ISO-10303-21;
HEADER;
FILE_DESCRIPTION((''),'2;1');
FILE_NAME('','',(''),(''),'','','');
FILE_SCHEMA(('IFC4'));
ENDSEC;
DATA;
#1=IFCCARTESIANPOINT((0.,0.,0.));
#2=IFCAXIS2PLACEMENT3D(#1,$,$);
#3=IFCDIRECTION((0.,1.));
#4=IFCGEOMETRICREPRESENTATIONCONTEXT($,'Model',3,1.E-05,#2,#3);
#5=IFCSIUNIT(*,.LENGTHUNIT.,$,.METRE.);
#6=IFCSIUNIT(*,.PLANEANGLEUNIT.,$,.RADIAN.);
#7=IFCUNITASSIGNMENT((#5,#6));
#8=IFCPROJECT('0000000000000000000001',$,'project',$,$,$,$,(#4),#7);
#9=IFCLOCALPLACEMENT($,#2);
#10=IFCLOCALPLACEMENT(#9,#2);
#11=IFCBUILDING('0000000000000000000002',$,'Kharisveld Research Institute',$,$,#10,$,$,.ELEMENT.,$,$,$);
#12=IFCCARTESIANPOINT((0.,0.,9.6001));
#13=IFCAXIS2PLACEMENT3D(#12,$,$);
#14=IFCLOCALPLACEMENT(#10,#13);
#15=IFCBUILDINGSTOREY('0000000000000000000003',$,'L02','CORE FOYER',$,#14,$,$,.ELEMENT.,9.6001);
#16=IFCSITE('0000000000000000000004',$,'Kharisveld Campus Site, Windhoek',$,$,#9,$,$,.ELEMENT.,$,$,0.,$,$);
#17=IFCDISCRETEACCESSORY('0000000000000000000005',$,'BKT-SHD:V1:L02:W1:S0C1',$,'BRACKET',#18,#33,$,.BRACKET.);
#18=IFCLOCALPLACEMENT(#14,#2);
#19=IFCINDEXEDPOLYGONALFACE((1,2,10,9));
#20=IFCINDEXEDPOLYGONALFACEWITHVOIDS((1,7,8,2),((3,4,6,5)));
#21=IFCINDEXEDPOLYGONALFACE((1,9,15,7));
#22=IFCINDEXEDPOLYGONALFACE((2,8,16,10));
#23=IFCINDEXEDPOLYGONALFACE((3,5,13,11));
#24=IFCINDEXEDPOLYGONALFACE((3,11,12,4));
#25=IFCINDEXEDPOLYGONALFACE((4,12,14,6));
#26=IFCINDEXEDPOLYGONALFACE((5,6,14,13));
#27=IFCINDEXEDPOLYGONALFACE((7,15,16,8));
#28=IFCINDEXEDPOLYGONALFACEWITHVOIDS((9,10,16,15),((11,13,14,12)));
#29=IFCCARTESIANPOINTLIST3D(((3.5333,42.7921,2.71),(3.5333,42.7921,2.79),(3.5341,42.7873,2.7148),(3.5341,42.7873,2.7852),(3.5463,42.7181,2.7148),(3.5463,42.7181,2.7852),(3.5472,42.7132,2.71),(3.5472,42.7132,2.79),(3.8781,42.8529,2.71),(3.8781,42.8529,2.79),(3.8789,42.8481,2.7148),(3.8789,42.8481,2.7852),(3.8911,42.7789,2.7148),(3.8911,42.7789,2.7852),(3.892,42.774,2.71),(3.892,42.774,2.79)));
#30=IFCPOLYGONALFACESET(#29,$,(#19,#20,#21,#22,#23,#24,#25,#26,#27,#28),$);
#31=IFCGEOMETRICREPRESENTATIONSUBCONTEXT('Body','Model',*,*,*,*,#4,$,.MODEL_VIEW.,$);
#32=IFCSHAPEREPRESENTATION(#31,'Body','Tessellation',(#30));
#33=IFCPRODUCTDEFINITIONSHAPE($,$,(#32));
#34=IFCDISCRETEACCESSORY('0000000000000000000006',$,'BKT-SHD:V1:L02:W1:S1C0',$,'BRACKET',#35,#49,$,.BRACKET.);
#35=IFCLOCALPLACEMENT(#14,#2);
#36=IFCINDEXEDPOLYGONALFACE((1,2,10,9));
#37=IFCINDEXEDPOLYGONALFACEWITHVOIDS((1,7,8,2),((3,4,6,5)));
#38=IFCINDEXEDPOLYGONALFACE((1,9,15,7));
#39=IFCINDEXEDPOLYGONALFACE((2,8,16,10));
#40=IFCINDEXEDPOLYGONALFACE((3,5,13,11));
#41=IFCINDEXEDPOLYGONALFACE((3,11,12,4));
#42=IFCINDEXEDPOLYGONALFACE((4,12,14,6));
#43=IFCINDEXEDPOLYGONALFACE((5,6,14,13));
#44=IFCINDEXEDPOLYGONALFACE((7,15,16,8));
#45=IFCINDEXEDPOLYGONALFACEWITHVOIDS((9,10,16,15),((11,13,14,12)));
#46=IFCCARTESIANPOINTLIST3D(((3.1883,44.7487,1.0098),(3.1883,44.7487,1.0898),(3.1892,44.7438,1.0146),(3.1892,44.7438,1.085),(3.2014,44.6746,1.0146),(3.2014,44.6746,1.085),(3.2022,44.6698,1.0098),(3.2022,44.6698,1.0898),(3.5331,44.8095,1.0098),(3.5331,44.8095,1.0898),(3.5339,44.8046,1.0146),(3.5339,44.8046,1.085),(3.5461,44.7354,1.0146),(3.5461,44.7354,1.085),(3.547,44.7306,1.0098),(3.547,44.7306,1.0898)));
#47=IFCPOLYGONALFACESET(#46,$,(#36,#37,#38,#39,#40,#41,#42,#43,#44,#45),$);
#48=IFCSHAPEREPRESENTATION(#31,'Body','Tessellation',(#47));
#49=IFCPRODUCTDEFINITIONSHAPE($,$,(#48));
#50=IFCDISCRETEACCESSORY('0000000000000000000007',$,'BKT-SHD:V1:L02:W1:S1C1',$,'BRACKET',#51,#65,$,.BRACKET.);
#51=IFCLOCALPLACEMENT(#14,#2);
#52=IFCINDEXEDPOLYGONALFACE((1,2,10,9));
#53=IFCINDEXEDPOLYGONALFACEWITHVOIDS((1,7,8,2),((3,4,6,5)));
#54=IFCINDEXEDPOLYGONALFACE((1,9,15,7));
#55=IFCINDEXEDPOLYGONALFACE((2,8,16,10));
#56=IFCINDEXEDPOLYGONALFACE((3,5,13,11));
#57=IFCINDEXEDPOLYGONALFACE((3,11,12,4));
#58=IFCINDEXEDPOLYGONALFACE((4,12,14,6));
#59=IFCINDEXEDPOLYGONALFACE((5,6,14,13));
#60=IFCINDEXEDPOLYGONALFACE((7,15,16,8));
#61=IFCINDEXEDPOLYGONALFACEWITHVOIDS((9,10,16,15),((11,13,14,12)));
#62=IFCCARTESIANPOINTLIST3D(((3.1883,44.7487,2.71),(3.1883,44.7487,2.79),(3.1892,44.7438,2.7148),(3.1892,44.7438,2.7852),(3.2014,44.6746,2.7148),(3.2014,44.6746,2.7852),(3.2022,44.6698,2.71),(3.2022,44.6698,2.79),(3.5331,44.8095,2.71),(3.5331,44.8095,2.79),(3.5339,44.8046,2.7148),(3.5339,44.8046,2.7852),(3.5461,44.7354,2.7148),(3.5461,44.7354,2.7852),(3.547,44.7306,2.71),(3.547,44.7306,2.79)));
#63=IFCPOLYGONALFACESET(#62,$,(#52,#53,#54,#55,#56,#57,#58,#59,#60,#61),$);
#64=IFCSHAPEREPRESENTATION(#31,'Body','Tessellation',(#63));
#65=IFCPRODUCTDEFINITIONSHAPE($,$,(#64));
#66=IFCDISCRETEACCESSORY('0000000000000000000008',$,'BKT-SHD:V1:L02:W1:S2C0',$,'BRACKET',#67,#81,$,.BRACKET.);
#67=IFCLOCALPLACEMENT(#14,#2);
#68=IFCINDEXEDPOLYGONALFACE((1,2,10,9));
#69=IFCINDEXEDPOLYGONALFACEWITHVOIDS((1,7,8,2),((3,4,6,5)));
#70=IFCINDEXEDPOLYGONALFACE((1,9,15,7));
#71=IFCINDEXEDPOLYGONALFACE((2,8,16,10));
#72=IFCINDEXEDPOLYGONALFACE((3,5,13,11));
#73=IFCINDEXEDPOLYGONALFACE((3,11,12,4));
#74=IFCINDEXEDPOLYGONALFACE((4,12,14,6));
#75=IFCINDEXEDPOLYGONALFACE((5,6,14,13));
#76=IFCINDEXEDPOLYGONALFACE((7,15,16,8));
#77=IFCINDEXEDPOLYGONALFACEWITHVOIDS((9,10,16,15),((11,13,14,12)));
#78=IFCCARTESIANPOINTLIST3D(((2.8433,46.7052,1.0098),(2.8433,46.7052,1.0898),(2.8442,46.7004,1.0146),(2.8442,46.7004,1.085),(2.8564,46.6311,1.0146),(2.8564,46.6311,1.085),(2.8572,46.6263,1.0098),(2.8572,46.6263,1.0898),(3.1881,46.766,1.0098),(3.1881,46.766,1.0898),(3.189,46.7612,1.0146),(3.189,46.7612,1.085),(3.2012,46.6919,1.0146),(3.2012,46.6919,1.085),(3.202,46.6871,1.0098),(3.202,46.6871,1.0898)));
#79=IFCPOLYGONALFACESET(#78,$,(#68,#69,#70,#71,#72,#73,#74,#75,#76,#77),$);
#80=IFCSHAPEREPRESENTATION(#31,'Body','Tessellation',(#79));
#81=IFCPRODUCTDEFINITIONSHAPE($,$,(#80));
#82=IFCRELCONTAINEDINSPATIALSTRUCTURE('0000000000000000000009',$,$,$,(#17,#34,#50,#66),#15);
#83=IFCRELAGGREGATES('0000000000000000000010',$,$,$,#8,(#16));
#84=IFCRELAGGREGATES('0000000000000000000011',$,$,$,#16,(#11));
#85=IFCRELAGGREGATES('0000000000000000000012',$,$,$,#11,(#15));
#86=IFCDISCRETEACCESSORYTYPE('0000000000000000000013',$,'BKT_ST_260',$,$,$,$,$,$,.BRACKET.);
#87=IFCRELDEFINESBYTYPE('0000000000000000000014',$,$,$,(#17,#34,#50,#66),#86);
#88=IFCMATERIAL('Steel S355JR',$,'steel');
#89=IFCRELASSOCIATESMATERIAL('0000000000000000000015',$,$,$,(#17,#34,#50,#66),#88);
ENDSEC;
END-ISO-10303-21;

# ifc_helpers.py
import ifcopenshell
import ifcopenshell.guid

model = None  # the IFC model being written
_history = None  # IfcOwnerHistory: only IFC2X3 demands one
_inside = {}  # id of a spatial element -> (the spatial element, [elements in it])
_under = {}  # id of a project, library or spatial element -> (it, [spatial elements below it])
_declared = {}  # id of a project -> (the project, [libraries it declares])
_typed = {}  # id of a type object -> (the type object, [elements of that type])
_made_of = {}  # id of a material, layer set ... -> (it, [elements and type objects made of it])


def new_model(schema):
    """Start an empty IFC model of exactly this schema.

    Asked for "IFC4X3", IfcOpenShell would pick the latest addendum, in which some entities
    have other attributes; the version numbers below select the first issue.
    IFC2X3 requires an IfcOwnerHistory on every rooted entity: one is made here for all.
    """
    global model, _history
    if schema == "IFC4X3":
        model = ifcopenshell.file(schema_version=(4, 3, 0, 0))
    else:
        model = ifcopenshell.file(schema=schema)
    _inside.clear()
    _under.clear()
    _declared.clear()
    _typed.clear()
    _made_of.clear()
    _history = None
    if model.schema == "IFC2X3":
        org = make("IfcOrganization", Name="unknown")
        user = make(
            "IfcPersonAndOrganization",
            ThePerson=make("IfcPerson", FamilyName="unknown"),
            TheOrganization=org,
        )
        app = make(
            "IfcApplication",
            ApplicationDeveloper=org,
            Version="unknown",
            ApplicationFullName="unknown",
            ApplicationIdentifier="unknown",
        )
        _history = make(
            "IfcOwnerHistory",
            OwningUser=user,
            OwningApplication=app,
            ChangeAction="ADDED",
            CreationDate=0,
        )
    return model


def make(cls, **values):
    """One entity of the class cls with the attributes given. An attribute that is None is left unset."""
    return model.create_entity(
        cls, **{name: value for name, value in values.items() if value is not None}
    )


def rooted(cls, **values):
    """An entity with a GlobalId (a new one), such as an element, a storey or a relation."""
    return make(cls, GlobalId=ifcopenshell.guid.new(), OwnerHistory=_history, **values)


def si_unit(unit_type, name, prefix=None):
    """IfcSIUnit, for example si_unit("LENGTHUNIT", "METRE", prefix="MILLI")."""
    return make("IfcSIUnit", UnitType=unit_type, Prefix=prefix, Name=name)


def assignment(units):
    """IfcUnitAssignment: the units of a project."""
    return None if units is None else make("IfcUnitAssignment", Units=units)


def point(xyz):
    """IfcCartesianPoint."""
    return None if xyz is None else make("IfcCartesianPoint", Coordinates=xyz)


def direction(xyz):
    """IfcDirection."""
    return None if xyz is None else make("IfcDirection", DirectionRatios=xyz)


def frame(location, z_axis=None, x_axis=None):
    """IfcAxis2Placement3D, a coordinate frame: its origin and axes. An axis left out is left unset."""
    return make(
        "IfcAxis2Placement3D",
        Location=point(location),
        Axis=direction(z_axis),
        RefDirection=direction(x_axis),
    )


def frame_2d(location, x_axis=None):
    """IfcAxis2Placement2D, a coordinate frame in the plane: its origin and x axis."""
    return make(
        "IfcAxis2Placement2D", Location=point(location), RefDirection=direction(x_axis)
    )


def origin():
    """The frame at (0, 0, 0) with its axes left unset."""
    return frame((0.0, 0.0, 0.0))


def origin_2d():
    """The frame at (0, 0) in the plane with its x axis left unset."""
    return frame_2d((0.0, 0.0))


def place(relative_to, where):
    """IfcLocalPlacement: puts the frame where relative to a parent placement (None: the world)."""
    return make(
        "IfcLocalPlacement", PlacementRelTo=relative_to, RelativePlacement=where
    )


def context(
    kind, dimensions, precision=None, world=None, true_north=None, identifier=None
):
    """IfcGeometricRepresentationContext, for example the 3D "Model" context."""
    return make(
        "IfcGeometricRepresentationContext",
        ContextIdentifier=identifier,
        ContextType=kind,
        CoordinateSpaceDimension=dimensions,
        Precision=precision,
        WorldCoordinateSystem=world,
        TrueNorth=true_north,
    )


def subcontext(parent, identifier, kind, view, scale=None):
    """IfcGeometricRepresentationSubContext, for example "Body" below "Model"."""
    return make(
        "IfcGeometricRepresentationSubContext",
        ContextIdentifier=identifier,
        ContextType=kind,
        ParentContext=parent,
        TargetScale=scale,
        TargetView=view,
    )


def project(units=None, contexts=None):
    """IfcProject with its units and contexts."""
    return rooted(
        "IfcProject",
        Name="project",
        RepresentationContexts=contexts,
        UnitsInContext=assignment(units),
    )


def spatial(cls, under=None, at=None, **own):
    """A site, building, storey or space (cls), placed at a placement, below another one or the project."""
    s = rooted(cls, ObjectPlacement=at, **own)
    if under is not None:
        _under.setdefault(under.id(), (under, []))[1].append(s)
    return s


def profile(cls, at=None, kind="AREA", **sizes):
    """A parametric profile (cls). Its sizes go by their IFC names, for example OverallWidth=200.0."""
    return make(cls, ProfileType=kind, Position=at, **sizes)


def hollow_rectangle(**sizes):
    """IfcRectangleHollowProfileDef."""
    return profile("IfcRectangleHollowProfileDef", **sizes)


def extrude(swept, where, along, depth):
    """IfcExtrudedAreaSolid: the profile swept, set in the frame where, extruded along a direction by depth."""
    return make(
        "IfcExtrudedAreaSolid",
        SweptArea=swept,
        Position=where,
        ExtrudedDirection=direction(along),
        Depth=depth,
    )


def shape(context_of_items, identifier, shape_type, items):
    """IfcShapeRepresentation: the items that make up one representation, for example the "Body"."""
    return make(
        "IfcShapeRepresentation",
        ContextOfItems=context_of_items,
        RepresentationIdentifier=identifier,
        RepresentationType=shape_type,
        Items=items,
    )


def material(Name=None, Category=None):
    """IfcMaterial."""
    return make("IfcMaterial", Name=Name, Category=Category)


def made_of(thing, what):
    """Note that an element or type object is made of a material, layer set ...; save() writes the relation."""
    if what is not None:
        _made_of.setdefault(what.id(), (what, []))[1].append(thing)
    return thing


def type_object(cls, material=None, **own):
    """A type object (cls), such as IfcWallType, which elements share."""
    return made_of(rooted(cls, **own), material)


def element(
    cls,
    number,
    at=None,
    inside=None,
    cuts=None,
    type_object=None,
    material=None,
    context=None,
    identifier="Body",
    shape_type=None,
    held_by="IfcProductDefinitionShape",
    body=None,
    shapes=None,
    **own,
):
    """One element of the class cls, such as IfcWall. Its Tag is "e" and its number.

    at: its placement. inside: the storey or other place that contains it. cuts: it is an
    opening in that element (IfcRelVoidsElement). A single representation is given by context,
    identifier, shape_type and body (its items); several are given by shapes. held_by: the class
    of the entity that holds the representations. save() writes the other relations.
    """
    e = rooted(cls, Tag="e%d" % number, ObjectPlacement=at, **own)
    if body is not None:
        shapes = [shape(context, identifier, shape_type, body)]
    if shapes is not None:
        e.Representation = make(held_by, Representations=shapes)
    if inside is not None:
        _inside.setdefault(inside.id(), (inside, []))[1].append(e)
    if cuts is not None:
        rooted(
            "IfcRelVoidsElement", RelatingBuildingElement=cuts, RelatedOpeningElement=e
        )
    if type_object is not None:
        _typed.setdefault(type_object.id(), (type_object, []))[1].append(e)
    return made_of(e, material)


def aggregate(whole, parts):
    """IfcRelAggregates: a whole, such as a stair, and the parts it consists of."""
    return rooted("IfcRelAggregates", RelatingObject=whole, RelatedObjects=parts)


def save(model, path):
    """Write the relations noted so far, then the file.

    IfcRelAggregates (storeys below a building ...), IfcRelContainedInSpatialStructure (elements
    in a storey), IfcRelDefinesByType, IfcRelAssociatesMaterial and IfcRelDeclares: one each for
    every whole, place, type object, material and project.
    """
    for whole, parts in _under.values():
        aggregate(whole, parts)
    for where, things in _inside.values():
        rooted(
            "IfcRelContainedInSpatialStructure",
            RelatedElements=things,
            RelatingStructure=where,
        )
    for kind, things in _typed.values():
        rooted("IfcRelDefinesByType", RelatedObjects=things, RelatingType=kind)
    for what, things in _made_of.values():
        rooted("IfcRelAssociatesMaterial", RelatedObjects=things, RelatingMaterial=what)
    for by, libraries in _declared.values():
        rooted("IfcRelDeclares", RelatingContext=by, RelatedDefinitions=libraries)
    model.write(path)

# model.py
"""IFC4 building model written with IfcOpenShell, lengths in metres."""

from ifc_helpers import new_model, si_unit, direction, frame, origin, origin_2d, place, context, subcontext, project, spatial, hollow_rectangle, extrude, material, type_object, element, save


model = new_model("IFC4")

# Units and contexts
model_context = context("Model", 3, precision=1e-05, world=origin(), true_north=direction((0.0, 1.0)))
body_context = subcontext(model_context, "Body", "Model", "MODEL_VIEW")
ifc_project = project(units=[si_unit("LENGTHUNIT", "METRE"), si_unit("PLANEANGLEUNIT", "RADIAN")], contexts=[model_context])

# Site, building, storey
site_placement = place(None, origin())
site = spatial("IfcSite", under=ifc_project, at=site_placement, Name="Kharisveld Campus Site, Windhoek", CompositionType="ELEMENT", RefElevation=0.0)
building_placement = place(site_placement, origin())
building = spatial("IfcBuilding", under=site, at=building_placement, Name="Kharisveld Research Institute", CompositionType="ELEMENT")
storey_placement = place(building_placement, frame((0.0, 0.0, 9.6001)))
storey = spatial("IfcBuildingStorey", under=building, at=storey_placement, Name="L02", Description="CORE FOYER", CompositionType="ELEMENT", Elevation=9.6001)

# Discrete accessories
ifc_material_1 = material(Name="Steel S355JR", Category="steel")
discrete_accessory_type = type_object("IfcDiscreteAccessoryType", Name="BKT_ST_260", PredefinedType="BRACKET")
for number, where, z_axis, x_axis, name in (
    (1, (3.885, 42.8135, 2.75), (-0.984805, -0.173666, 0.0), (0.173666, -0.984805, 0.0), "BKT-SHD:V1:L02:W1:S0C1"),
    (2, (3.54, 44.77, 1.0498), (-0.984805, -0.173666, 0.0), (0.173666, -0.984805, 0.0), "BKT-SHD:V1:L02:W1:S1C0"),
    (3, (3.54, 44.77, 2.75), (-0.984805, -0.173666, 0.0), (0.173666, -0.984805, 0.0), "BKT-SHD:V1:L02:W1:S1C1"),
    (4, (3.1951, 46.7266, 1.0498), (-0.984805, -0.173666, 0.0), (0.173666, -0.984805, 0.0), "BKT-SHD:V1:L02:W1:S2C0"),
):
    element("IfcDiscreteAccessory", number, at=place(storey_placement, frame(where, z_axis=z_axis, x_axis=x_axis)), inside=storey, type_object=discrete_accessory_type, material=ifc_material_1, Name=name, ObjectType="BRACKET", PredefinedType="BRACKET", context=body_context, shape_type="SweptSolid", body=[
        extrude(hollow_rectangle(XDim=0.0801, YDim=0.0801, WallThickness=0.0049, at=origin_2d()), origin(), (0.0, 0.0, 1.0), 0.3501),
    ])

save(model, "model.ifc")
